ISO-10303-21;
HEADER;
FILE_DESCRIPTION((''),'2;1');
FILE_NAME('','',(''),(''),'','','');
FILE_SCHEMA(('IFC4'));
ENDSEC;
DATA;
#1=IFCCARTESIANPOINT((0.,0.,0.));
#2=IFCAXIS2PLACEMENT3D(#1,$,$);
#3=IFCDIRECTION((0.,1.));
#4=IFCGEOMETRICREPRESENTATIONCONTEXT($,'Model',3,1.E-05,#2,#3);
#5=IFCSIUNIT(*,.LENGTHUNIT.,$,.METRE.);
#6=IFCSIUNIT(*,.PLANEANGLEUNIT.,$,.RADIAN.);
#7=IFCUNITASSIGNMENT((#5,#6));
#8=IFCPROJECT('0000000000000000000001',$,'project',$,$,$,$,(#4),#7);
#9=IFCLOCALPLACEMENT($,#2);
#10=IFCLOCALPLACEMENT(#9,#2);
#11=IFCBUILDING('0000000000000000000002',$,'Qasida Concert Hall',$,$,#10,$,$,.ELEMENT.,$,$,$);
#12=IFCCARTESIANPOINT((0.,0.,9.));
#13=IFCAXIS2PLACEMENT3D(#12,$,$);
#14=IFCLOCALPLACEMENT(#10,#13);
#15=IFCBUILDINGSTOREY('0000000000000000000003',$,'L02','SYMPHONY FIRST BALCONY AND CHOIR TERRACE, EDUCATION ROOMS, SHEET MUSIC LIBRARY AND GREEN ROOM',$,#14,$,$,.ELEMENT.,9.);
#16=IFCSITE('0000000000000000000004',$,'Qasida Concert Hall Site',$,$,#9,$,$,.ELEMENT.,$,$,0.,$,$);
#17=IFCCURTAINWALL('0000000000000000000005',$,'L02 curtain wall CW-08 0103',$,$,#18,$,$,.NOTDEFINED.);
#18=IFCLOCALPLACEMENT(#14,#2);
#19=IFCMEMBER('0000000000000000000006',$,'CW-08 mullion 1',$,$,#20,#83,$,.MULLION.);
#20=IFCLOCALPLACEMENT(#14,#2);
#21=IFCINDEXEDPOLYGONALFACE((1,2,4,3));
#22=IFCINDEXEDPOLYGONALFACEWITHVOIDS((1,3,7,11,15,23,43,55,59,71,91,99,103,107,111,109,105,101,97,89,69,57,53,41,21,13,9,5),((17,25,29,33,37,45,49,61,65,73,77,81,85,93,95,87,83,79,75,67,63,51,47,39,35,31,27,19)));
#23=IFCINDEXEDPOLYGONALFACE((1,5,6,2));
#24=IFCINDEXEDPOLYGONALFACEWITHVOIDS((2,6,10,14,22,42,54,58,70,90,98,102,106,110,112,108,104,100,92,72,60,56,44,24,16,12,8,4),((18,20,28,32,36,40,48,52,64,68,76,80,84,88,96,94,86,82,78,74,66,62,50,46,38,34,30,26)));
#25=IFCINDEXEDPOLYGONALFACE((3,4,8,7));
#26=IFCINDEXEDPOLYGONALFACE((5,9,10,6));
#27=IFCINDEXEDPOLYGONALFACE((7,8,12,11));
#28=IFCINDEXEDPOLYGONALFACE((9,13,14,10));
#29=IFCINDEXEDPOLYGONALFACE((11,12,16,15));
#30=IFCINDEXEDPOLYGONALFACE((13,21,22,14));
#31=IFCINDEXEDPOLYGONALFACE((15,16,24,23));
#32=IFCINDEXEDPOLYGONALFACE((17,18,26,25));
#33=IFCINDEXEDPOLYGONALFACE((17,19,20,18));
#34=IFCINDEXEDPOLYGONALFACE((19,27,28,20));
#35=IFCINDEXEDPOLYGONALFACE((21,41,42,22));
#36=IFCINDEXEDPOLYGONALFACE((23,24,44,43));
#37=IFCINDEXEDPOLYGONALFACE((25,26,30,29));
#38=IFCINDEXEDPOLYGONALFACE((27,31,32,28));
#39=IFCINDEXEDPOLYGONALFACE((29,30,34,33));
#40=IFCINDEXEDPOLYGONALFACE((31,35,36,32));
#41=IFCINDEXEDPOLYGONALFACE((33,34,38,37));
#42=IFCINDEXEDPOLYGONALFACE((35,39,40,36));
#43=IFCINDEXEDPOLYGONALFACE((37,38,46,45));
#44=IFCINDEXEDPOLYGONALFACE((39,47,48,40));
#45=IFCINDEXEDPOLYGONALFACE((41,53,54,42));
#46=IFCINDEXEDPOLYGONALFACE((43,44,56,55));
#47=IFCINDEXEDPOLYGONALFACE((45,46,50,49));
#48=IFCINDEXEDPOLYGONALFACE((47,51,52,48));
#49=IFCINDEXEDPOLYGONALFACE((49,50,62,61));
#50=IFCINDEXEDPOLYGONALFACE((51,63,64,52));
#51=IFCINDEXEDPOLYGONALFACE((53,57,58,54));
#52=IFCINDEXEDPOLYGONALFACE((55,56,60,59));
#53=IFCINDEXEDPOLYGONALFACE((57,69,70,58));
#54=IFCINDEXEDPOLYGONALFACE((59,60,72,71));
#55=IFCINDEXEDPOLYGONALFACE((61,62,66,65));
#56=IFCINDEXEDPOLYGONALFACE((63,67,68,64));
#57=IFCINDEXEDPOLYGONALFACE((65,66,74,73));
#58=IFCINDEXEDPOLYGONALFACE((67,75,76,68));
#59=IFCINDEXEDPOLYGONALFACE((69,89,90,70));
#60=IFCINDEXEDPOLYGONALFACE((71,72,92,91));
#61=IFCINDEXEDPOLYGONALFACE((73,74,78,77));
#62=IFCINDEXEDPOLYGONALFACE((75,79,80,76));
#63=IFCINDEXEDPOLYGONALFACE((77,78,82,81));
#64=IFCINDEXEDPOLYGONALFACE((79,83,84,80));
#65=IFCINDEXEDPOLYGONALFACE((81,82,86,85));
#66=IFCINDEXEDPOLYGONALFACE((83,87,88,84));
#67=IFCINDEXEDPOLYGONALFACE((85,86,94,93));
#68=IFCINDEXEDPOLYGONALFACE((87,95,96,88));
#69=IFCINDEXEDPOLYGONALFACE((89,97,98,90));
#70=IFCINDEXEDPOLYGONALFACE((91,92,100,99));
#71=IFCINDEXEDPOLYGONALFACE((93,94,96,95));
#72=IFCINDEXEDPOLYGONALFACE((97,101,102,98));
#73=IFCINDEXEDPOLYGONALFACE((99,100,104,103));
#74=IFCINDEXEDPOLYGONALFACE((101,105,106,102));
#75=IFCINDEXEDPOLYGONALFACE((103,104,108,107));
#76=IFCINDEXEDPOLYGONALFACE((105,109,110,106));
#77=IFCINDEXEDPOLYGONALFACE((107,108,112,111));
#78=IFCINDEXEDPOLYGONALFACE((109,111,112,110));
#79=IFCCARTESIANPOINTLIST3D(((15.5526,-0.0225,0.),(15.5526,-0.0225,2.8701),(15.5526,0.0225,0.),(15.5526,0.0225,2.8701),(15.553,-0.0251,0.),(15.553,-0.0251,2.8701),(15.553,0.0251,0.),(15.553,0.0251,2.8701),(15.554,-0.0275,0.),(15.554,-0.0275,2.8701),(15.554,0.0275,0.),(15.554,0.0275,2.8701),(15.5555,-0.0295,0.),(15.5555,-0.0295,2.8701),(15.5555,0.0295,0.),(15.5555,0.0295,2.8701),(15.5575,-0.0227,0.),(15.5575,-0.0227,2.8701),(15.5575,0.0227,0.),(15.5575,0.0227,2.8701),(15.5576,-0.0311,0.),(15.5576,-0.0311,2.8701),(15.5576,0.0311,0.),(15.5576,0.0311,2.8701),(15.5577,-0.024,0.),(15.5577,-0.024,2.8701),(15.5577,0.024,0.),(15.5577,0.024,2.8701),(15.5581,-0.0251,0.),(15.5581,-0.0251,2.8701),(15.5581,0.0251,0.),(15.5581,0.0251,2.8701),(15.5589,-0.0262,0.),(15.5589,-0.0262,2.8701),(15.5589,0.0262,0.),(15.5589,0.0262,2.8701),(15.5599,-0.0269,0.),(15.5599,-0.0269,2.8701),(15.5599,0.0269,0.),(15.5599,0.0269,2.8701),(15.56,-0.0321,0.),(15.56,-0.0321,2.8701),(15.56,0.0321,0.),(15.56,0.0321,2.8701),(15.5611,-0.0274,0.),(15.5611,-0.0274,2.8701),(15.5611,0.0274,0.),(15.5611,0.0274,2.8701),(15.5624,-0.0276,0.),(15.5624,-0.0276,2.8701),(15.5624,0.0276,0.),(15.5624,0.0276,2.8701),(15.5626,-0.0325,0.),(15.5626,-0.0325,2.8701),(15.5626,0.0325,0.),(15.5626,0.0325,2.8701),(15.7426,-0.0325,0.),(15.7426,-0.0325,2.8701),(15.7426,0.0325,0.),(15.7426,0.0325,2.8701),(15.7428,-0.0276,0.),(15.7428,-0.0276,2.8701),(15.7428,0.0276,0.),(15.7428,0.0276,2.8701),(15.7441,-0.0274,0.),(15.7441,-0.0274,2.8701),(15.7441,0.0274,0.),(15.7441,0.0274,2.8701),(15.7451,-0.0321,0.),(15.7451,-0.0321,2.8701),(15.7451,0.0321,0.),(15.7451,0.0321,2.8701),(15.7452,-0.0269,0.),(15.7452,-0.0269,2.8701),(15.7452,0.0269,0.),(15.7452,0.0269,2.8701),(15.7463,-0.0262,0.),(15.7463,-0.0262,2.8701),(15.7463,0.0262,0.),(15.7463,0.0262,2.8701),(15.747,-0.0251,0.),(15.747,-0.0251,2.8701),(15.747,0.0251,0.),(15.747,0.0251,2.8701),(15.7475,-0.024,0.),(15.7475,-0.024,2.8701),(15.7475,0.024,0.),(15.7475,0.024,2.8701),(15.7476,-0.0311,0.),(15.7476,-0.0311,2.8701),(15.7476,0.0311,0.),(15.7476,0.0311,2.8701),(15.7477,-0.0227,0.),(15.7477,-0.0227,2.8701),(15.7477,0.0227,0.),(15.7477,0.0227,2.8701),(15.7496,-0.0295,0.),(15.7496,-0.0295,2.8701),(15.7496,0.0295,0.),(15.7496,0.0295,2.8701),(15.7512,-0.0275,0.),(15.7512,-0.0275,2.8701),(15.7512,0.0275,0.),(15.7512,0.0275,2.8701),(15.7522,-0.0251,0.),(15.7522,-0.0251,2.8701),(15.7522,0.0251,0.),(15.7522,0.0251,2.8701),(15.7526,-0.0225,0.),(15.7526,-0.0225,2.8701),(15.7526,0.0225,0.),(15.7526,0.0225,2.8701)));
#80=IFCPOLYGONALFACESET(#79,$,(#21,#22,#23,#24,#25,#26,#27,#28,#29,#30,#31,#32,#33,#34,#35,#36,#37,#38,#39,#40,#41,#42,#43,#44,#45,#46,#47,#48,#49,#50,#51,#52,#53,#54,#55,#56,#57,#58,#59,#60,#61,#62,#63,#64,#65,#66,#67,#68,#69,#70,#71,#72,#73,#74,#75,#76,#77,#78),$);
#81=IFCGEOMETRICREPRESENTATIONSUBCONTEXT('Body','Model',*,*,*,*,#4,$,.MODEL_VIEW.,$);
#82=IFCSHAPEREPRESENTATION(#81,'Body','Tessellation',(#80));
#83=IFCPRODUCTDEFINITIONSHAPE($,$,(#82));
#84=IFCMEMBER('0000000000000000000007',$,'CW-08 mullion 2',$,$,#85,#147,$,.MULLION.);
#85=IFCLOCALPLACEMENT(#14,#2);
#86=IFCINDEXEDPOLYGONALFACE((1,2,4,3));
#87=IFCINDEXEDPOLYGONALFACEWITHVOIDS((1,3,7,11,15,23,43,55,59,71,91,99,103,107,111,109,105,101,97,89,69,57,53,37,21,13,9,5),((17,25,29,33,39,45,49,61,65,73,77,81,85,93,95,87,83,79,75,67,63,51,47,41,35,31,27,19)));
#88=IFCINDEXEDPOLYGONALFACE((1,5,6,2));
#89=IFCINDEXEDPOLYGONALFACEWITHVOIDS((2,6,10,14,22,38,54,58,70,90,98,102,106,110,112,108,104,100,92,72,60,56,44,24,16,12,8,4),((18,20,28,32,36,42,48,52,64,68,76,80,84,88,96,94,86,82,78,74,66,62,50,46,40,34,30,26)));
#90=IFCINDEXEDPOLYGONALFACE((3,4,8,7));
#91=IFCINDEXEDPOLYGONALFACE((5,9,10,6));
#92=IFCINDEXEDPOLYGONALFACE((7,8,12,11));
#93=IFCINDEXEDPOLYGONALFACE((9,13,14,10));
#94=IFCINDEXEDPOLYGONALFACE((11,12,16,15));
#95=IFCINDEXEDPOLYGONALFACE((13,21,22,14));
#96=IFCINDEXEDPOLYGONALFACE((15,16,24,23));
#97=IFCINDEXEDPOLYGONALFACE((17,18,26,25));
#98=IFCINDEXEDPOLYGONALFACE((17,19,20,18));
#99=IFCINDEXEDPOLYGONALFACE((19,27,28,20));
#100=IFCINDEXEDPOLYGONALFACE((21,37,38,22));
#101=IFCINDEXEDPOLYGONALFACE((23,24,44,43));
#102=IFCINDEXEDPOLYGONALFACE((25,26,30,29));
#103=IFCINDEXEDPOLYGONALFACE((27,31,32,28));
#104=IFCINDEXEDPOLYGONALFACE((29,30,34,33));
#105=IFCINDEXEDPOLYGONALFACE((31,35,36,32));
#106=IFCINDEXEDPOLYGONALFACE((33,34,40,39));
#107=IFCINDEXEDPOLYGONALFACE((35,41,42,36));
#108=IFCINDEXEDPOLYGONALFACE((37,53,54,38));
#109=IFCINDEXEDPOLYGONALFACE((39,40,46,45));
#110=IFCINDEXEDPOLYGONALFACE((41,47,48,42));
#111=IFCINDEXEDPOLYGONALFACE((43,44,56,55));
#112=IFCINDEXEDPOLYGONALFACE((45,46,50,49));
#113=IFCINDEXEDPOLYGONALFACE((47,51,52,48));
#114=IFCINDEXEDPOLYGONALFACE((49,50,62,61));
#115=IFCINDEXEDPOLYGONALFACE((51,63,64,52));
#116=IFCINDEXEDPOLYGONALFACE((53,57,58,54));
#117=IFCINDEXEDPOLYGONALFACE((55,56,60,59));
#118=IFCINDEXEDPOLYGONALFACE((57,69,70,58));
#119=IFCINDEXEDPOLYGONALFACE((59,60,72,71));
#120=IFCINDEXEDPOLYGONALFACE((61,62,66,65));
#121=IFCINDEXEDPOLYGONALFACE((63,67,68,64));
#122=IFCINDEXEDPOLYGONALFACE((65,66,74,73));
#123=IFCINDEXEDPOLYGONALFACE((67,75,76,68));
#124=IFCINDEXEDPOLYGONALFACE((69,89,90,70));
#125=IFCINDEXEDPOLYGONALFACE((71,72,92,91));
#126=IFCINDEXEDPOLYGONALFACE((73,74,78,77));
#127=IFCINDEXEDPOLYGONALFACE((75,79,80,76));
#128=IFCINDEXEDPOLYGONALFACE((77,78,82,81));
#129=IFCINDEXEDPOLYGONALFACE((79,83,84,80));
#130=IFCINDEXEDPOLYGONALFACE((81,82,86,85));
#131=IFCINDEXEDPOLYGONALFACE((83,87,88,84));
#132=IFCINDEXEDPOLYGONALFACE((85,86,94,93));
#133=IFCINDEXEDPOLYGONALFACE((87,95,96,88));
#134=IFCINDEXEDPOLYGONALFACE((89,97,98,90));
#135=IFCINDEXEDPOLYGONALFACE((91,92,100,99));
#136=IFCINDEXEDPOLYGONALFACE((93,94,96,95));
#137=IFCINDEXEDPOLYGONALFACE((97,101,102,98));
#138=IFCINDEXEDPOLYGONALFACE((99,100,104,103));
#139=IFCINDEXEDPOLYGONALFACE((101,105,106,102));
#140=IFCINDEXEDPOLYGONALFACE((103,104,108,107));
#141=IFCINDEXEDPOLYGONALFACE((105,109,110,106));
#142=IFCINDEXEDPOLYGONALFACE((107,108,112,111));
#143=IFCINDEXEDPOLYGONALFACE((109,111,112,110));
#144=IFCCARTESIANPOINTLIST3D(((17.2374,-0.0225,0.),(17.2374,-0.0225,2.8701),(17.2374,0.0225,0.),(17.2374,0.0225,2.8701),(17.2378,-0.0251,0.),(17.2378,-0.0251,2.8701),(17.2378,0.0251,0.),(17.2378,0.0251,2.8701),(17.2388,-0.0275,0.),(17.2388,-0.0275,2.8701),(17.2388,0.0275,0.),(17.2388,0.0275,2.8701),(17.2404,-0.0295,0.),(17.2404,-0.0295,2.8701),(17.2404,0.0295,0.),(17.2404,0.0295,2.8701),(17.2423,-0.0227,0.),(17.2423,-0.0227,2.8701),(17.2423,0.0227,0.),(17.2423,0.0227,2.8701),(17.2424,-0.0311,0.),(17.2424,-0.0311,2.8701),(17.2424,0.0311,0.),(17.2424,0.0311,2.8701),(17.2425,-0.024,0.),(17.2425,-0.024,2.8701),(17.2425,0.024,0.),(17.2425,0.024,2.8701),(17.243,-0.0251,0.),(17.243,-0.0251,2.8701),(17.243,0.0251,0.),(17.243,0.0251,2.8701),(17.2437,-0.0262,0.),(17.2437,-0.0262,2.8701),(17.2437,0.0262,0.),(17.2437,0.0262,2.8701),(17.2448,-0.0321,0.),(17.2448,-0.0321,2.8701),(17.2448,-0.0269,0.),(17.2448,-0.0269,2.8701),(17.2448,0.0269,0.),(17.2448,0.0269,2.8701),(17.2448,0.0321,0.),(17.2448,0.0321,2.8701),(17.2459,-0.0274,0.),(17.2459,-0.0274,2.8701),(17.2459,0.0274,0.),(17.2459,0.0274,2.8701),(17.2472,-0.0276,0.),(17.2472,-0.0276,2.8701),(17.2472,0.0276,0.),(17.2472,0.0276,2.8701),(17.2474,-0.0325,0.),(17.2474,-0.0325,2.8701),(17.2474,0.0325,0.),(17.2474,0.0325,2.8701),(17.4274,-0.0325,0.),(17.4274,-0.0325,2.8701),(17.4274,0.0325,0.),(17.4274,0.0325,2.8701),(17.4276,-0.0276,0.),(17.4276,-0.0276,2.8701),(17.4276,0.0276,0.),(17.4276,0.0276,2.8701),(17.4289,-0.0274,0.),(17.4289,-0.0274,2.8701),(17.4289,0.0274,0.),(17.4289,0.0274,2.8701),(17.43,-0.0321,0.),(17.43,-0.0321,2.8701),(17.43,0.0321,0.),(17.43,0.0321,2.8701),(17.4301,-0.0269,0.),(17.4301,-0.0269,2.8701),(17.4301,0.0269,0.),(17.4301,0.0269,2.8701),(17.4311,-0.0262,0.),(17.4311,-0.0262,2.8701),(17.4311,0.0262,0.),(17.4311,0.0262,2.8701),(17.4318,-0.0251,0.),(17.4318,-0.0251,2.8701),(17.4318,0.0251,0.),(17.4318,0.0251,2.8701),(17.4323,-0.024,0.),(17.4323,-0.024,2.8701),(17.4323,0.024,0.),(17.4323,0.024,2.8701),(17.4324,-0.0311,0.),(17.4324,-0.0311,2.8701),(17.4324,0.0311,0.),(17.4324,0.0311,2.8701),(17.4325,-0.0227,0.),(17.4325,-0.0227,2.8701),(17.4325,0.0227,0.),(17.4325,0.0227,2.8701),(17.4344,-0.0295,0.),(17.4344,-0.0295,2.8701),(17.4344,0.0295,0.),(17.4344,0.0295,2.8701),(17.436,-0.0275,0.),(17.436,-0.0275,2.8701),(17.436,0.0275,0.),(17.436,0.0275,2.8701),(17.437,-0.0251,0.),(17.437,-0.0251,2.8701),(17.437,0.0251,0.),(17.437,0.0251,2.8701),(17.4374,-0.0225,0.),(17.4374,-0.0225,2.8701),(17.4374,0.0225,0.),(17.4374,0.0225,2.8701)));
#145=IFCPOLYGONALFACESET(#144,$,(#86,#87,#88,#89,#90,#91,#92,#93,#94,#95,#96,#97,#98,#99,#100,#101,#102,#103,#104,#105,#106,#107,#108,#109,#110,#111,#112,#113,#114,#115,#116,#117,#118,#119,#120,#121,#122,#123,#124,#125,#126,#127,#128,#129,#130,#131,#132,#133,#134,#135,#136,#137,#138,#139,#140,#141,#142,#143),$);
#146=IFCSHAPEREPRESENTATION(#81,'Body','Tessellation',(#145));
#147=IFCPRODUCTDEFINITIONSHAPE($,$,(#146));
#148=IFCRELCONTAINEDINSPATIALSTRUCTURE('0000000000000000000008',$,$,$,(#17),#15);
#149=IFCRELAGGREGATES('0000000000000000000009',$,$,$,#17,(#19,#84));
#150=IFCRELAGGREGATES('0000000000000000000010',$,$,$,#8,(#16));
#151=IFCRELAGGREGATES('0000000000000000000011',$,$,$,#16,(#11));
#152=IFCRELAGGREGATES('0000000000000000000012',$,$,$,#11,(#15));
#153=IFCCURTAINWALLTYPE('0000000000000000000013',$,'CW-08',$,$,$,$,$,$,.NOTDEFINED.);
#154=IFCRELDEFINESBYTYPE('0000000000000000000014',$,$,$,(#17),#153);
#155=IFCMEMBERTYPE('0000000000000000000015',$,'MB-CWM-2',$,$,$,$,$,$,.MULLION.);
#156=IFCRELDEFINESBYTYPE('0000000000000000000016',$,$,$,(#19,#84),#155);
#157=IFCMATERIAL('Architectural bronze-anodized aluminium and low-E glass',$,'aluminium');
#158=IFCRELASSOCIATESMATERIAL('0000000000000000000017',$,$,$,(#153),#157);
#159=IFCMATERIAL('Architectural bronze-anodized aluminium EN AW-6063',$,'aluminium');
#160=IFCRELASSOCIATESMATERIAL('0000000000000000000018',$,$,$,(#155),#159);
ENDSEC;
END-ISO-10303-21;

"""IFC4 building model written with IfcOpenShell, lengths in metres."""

from ifc_helpers import new_model, si_unit, direction, frame, origin, origin_2d, place, context, subcontext, project, spatial, hollow_rectangle, extrude, material, material_profile, profile_set, type_object, element, aggregate, save


model = new_model("IFC4")

# Units and contexts
model_context = context("Model", 3, precision=1e-05, world=origin(), true_north=direction((0.0, 1.0)))
body_context = subcontext(model_context, "Body", "Model", "MODEL_VIEW")
ifc_project = project(units=[si_unit("LENGTHUNIT", "METRE"), si_unit("PLANEANGLEUNIT", "RADIAN")], contexts=[model_context])

# Site, building, storey
site_placement = place(None, origin())
site = spatial("IfcSite", under=ifc_project, at=site_placement, Name="Qasida Concert Hall Site", CompositionType="ELEMENT", RefElevation=0.0)
building_placement = place(site_placement, origin())
building = spatial("IfcBuilding", under=site, at=building_placement, Name="Qasida Concert Hall", CompositionType="ELEMENT")
storey_placement = place(building_placement, frame((0.0, 0.0, 9.0)))
storey = spatial("IfcBuildingStorey", under=building, at=storey_placement, Name="L02", Description="SYMPHONY FIRST BALCONY AND CHOIR TERRACE, EDUCATION ROOMS, SHEET MUSIC LIBRARY AND GREEN ROOM", CompositionType="ELEMENT", Elevation=9.0)

# Curtain wall, members
ifc_material_1 = material(Name="Architectural bronze-anodized aluminium and low-E glass", Category="aluminium")
curtain_wall_type = type_object("IfcCurtainWallType", Name="CW-08", PredefinedType="NOTDEFINED", material=ifc_material_1)
curtain_wall_placement = place(storey_placement, origin())
curtain_wall = element("IfcCurtainWall", 1, at=curtain_wall_placement, inside=storey, type_object=curtain_wall_type, Name="L02 curtain wall CW-08 0103", PredefinedType="NOTDEFINED")
ifc_material_2 = material(Name="Architectural bronze-anodized aluminium EN AW-6063", Category="aluminium")
ifc_material_profile_1 = material_profile(ifc_material_2, hollow_rectangle(XDim=0.0649, YDim=0.2, WallThickness=0.0049, InnerFilletRadius=0.0049, OuterFilletRadius=0.01, at=origin_2d()), Name="CWM 200x65x5")
ifc_profile_set_1 = profile_set([ifc_material_profile_1], Name="Architectural bronze-anodized aluminium EN AW-6063")
member_type_1 = type_object("IfcMemberType", Name="MB-CWM-2", PredefinedType="MULLION", material=ifc_profile_set_1)
member_1_placement = place(storey_placement, frame((15.6526, 0.0, 0.0), z_axis=(0.0, 0.0, 1.0), x_axis=(0.0, 1.0, 0.0)))
member_1 = element("IfcMember", 2, at=member_1_placement, type_object=member_type_1, Name="CW-08 mullion 1", PredefinedType="MULLION", context=body_context, shape_type="SweptSolid", body=[
    extrude(hollow_rectangle(XDim=0.0649, YDim=0.2, WallThickness=0.0049, InnerFilletRadius=0.0049, OuterFilletRadius=0.01, at=origin_2d()), origin(), (0.0, 0.0, 1.0), 2.8701),
])
member_2_placement = place(storey_placement, frame((17.3374, 0.0, 0.0), z_axis=(0.0, 0.0, 1.0), x_axis=(0.0, 1.0, 0.0)))
member_2 = element("IfcMember", 3, at=member_2_placement, type_object=member_type_1, Name="CW-08 mullion 2", PredefinedType="MULLION", context=body_context, shape_type="SweptSolid", body=[
    extrude(hollow_rectangle(XDim=0.0649, YDim=0.2, WallThickness=0.0049, InnerFilletRadius=0.0049, OuterFilletRadius=0.01, at=origin_2d()), origin(), (0.0, 0.0, 1.0), 2.8701),
])
aggregate(curtain_wall, [member_1, member_2])

save(model, "model.ifc")
